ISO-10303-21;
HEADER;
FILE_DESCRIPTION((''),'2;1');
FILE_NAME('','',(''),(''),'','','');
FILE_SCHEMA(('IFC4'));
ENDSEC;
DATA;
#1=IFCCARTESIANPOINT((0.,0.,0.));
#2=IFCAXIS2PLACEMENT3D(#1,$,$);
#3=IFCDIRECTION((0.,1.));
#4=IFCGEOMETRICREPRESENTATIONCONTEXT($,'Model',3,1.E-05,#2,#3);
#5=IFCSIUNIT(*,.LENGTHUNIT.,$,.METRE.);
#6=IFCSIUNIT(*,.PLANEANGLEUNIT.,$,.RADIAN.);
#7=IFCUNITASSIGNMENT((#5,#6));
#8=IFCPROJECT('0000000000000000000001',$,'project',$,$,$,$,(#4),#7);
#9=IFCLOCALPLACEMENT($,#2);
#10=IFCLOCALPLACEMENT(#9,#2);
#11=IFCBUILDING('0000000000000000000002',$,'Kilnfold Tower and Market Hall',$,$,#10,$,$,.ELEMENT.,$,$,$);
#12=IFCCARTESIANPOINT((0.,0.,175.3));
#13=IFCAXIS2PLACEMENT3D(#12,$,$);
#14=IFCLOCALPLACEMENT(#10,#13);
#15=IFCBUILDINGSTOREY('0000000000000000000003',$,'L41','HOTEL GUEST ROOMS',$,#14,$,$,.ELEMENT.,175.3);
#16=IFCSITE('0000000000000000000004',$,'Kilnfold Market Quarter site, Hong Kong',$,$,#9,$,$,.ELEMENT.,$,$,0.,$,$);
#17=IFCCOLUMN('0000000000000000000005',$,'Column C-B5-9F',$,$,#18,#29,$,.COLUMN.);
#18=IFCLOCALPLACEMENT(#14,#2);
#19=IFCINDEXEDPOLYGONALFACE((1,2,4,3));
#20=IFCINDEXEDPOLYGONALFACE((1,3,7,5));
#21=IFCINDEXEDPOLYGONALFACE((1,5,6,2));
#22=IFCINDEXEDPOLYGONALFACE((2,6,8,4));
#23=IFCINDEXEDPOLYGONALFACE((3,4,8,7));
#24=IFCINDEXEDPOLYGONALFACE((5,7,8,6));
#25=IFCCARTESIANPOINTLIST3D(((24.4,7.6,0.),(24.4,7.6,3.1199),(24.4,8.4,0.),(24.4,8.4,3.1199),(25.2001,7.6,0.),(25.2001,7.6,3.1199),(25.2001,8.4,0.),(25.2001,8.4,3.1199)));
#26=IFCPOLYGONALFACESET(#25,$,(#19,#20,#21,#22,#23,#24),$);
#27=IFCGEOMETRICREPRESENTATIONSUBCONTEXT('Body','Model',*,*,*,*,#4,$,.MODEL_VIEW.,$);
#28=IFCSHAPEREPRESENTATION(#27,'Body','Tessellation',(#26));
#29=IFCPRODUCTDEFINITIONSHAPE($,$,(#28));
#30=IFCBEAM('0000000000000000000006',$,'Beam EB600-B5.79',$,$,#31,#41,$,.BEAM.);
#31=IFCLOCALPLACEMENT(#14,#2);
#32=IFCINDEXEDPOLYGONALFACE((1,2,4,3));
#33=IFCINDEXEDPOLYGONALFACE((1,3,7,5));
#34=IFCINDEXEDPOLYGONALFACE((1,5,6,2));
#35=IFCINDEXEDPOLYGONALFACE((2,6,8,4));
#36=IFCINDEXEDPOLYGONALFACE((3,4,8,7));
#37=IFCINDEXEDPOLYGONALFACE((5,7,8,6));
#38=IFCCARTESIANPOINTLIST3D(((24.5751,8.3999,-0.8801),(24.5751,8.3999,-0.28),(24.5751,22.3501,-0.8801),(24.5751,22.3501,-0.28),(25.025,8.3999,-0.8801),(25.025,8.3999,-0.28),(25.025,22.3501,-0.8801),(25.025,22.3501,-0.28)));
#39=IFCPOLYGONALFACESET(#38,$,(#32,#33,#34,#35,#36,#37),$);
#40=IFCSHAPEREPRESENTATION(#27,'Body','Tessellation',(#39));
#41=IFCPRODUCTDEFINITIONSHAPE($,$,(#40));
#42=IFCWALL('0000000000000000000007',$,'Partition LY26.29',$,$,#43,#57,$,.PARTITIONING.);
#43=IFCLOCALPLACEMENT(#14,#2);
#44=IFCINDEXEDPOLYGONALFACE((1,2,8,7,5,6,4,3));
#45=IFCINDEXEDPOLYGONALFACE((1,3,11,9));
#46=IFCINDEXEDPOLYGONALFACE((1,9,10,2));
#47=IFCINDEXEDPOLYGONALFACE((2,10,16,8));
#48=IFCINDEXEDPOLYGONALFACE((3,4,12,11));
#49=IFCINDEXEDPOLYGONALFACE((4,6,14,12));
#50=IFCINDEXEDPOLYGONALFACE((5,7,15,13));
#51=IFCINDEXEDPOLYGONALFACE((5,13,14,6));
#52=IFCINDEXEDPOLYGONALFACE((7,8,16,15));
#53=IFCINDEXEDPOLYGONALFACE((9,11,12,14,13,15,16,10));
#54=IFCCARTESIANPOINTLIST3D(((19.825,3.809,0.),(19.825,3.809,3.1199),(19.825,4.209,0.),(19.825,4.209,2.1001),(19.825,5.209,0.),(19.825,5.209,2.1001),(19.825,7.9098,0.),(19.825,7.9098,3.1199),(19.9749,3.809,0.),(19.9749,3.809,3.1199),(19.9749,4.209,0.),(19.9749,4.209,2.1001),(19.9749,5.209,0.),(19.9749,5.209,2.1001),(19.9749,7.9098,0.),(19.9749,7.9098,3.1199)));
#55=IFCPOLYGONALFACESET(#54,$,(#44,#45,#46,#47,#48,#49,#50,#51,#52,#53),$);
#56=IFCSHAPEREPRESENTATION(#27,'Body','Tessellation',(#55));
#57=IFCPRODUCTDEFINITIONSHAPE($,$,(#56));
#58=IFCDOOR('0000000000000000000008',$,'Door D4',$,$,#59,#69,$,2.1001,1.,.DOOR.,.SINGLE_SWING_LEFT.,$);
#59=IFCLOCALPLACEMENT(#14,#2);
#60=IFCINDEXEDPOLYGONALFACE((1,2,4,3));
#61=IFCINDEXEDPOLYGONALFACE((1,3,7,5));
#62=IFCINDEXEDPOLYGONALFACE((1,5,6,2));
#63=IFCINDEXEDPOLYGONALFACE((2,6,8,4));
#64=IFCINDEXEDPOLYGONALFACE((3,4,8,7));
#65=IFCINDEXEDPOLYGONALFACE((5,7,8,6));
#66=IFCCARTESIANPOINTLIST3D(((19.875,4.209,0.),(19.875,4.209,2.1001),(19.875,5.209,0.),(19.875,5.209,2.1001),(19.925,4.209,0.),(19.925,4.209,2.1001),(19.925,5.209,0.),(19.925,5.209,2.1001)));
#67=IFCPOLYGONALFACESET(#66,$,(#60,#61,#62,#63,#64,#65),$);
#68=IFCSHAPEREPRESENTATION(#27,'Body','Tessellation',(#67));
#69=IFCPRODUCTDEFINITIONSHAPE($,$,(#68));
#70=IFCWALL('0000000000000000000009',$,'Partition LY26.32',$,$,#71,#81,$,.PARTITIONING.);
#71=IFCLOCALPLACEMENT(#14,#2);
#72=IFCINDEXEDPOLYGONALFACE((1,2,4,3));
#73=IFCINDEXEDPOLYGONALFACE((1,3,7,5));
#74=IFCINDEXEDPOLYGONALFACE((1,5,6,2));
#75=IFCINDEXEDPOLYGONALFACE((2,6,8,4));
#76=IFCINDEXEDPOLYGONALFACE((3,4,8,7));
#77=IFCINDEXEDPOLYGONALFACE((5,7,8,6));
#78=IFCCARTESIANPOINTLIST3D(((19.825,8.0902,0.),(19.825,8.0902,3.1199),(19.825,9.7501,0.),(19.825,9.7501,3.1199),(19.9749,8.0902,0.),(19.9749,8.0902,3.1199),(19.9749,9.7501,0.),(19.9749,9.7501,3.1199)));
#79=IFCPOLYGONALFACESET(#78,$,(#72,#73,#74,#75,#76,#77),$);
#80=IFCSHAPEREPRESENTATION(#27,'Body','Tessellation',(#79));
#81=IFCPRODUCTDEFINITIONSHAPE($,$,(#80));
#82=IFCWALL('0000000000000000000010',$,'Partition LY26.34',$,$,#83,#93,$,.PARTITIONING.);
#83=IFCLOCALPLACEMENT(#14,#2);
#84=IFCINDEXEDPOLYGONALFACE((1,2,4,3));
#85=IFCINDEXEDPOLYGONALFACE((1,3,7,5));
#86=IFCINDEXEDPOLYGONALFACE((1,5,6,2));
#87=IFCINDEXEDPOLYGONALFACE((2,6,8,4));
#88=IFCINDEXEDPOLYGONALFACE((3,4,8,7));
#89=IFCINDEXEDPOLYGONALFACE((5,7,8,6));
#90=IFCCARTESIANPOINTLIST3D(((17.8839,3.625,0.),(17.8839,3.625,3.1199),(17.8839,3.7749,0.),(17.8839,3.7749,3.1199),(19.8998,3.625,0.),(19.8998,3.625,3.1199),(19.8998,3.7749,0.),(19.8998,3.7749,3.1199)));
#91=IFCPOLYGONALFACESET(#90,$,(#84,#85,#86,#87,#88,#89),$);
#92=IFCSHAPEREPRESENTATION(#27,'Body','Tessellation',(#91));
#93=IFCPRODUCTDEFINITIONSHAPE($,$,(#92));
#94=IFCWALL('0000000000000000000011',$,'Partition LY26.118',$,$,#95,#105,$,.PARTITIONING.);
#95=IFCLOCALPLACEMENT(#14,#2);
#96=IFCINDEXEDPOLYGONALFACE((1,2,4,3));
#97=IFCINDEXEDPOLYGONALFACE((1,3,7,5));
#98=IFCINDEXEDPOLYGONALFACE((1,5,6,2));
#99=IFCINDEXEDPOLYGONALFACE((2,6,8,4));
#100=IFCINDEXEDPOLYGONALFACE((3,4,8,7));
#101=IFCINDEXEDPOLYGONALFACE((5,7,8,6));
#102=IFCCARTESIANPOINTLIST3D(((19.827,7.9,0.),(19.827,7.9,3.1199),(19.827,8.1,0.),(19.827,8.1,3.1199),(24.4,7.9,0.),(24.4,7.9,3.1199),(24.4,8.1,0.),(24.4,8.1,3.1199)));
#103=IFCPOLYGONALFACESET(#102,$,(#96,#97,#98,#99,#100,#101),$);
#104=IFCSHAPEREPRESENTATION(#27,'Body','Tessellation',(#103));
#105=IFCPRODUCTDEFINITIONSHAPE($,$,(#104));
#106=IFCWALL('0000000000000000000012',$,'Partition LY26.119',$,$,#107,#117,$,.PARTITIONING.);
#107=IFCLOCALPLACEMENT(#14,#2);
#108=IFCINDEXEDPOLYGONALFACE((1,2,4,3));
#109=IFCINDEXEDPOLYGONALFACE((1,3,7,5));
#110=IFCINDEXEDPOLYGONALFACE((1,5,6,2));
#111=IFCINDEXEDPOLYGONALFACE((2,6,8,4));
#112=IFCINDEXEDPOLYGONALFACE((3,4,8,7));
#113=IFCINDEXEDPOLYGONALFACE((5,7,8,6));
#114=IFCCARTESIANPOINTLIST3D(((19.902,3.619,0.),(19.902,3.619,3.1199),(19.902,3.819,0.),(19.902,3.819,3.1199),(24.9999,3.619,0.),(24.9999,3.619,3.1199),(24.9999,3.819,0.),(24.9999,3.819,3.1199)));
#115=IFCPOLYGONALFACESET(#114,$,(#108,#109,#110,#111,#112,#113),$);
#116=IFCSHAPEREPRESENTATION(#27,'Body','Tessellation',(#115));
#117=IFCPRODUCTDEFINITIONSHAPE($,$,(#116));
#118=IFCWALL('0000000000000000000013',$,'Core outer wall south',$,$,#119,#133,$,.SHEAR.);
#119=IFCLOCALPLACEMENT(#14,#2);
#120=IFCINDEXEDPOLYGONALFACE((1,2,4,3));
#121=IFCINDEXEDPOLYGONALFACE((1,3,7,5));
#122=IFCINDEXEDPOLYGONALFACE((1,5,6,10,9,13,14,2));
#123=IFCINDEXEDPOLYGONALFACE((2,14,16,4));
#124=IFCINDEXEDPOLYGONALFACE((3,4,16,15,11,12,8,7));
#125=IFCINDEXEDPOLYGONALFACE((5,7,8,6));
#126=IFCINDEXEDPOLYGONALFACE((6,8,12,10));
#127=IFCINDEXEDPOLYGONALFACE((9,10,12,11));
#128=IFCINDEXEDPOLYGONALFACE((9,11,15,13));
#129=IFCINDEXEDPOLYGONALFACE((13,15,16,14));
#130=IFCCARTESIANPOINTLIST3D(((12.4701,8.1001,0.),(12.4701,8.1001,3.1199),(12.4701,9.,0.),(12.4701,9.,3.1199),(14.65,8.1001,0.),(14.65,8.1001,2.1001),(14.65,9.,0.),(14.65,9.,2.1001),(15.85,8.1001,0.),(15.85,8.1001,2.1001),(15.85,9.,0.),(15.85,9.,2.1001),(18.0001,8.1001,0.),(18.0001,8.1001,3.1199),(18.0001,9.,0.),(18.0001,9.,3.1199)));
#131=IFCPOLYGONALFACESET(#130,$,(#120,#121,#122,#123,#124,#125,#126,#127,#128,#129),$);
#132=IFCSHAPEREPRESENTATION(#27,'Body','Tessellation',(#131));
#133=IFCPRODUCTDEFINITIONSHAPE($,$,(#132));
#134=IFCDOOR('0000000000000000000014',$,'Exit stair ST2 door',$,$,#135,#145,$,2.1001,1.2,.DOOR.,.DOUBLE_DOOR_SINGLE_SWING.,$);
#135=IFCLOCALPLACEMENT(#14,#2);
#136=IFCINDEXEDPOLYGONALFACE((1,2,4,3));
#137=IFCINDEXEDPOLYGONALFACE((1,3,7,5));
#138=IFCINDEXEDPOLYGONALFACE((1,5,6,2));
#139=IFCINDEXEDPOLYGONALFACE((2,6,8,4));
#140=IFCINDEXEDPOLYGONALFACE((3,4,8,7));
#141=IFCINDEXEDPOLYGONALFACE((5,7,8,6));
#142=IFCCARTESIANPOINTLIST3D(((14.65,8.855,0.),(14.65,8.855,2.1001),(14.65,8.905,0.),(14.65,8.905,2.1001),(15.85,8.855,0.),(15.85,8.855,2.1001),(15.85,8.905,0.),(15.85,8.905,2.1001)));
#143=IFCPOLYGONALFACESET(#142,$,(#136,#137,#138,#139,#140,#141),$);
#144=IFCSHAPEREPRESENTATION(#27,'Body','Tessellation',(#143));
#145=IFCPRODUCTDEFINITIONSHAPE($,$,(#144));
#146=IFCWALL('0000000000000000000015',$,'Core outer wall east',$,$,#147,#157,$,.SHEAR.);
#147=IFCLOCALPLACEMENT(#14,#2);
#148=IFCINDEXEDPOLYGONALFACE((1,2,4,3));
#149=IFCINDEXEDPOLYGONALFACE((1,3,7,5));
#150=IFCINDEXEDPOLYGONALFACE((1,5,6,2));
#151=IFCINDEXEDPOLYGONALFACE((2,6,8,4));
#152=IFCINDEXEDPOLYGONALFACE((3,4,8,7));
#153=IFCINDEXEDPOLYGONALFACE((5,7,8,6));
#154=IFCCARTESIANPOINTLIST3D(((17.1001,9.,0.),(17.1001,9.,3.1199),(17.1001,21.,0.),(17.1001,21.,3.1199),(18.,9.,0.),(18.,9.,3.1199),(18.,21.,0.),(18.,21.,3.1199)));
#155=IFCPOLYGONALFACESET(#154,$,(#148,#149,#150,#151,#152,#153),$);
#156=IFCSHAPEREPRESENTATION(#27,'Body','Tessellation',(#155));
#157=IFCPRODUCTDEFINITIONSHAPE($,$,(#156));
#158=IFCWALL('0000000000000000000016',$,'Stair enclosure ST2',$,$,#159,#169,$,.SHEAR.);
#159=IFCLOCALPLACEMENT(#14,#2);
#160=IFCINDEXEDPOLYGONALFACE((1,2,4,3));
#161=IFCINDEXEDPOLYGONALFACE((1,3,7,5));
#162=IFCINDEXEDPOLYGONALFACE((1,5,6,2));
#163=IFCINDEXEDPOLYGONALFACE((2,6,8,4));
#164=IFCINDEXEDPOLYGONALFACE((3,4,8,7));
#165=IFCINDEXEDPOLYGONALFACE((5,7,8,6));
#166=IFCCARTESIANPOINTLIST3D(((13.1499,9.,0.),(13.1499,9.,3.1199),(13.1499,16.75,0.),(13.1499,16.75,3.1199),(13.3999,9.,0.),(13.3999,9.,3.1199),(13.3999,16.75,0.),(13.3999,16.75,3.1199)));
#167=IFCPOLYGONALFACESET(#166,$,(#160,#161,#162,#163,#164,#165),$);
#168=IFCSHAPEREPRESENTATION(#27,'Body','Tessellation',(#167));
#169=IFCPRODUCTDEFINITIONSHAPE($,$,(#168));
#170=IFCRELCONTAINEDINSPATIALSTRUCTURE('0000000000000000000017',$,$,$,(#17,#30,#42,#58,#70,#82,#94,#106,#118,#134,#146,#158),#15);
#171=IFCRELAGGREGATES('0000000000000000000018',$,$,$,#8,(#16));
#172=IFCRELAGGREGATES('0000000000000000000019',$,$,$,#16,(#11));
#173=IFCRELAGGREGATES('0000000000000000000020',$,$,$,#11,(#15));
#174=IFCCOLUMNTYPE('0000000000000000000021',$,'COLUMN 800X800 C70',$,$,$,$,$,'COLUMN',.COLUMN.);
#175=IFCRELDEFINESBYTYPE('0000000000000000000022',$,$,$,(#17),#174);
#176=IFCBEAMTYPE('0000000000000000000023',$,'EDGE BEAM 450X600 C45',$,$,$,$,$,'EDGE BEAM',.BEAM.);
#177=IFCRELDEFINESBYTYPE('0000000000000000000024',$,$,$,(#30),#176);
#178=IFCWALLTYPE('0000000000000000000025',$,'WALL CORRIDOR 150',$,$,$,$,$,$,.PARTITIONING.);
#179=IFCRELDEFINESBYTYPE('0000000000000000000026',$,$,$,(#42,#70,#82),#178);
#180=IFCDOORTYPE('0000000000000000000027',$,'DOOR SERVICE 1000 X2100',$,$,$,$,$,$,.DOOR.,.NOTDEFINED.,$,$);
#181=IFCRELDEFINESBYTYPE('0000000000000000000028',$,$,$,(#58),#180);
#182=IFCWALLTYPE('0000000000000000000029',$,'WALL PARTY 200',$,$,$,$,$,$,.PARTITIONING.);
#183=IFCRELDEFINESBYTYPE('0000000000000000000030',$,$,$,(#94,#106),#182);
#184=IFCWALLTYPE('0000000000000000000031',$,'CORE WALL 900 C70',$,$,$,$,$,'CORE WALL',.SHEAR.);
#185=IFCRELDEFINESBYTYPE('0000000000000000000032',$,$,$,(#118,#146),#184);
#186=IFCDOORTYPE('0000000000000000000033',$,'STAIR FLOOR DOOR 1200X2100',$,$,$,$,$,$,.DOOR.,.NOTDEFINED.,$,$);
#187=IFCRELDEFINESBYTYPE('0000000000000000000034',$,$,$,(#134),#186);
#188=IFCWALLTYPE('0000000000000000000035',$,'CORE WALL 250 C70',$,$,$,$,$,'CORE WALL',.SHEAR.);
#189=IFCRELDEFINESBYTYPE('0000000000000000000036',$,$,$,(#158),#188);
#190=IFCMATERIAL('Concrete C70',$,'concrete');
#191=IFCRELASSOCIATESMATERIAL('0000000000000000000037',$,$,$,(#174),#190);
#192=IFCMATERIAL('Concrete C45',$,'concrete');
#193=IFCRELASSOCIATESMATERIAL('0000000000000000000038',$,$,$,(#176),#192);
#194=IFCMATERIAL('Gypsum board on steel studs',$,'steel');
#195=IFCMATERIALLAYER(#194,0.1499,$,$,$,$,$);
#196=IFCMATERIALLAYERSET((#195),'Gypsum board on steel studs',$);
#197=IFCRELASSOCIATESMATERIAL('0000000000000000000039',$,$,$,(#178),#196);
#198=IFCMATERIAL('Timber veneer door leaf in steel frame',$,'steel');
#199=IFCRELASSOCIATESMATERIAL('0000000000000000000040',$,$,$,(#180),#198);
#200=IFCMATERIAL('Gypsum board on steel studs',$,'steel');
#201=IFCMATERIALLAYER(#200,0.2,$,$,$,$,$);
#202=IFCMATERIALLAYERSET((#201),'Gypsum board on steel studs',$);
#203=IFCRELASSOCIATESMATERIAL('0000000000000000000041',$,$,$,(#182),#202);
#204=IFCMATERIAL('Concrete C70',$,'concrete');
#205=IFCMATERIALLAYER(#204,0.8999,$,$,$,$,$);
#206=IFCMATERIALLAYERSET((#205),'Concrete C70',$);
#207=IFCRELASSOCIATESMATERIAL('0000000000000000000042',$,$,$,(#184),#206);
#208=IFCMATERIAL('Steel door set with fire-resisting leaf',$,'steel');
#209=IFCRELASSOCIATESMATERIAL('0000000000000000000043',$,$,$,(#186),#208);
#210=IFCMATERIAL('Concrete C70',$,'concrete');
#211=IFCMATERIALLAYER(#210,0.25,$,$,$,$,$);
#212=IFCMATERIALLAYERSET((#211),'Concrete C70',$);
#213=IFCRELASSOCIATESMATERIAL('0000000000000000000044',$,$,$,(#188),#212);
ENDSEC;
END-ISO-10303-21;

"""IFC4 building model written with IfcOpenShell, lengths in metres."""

from ifc_helpers import new_model, si_unit, direction, frame, frame_2d, origin, origin_2d, place, context, subcontext, project, spatial, rectangle, extrude, source, transform, mapped, material, layer, layer_set, material_profile, profile_set, type_object, element, fill, save


model = new_model("IFC4")

# Units and contexts
model_context = context("Model", 3, precision=1e-05, world=origin(), true_north=direction((0.0, 1.0)))
body_context = subcontext(model_context, "Body", "Model", "MODEL_VIEW")
ifc_project = project(units=[si_unit("LENGTHUNIT", "METRE"), si_unit("PLANEANGLEUNIT", "RADIAN")], contexts=[model_context])

# Site, building, storey
site_placement = place(None, origin())
site = spatial("IfcSite", under=ifc_project, at=site_placement, Name="Kilnfold Market Quarter site, Hong Kong", CompositionType="ELEMENT", RefElevation=0.0)
building_placement = place(site_placement, origin())
building = spatial("IfcBuilding", under=site, at=building_placement, Name="Kilnfold Tower and Market Hall", CompositionType="ELEMENT")
storey_placement = place(building_placement, frame((0.0, 0.0, 175.3)))
storey = spatial("IfcBuildingStorey", under=building, at=storey_placement, Name="L41", Description="HOTEL GUEST ROOMS", CompositionType="ELEMENT", Elevation=175.3)

# Column
ifc_material_1 = material(Name="Concrete C70", Category="concrete")
ifc_material_profile_1 = material_profile(ifc_material_1, rectangle(XDim=0.8, YDim=0.8, at=origin_2d()), Name="RC 800x800")
ifc_profile_set_1 = profile_set([ifc_material_profile_1], Name="Concrete C70")
column_type = type_object("IfcColumnType", Name="COLUMN 800X800 C70", ElementType="COLUMN", PredefinedType="COLUMN", material=ifc_profile_set_1)
shared_shape_1 = source(origin(), body_context, "Body", "SweptSolid", [
    extrude(rectangle(XDim=0.8, YDim=0.8, at=origin_2d()), origin(), (0.0, 0.0, 1.0), 3.1199),
])
column_placement = place(storey_placement, frame((24.8, 8.0, 0.0), z_axis=(0.0, 0.0, 1.0), x_axis=(1.0, 0.0, 0.0)))
element("IfcColumn", 1, at=column_placement, inside=storey, type_object=column_type, Name="Column C-B5-9F", PredefinedType="COLUMN", context=body_context, shape_type="MappedRepresentation", body=[
    mapped(shared_shape_1, transform((0.0, 0.0, 0.0))),
])

# Beam
ifc_material_2 = material(Name="Concrete C45", Category="concrete")
ifc_material_profile_2 = material_profile(ifc_material_2, rectangle(XDim=0.45, YDim=0.6001, at=origin_2d()), Name="RC 450x600")
ifc_profile_set_2 = profile_set([ifc_material_profile_2], Name="Concrete C45")
beam_type = type_object("IfcBeamType", Name="EDGE BEAM 450X600 C45", ElementType="EDGE BEAM", PredefinedType="BEAM", material=ifc_profile_set_2)
shared_shape_2 = source(origin(), body_context, "Body", "SweptSolid", [
    extrude(rectangle(XDim=0.45, YDim=0.6001, at=origin_2d()), origin(), (0.0, 0.0, 1.0), 13.9502),
])
beam_placement = place(storey_placement, frame((24.8, 8.3999, -0.5801), z_axis=(0.0, 1.0, 0.0), x_axis=(-1.0, 0.0, 0.0)))
element("IfcBeam", 2, at=beam_placement, inside=storey, type_object=beam_type, Name="Beam EB600-B5.79", PredefinedType="BEAM", context=body_context, shape_type="MappedRepresentation", body=[
    mapped(shared_shape_2, transform((0.0, 0.0, 0.0))),
])

# Wall, opening, door
ifc_material_3 = material(Name="Gypsum board on steel studs", Category="steel")
ifc_layer_1 = layer(ifc_material_3, 0.1499)
ifc_layer_set_1 = layer_set([ifc_layer_1], Name="Gypsum board on steel studs")
wall_type_1 = type_object("IfcWallType", Name="WALL CORRIDOR 150", PredefinedType="PARTITIONING", material=ifc_layer_set_1)
wall_1_placement = place(storey_placement, frame((19.8999, 3.8091, 0.0), z_axis=(0.0, 0.0, 1.0), x_axis=(0.0, 1.0, 0.0)))
wall_1 = element("IfcWall", 3, at=wall_1_placement, inside=storey, type_object=wall_type_1, Name="Partition LY26.29", PredefinedType="PARTITIONING", context=body_context, shape_type="SweptSolid", body=[
    extrude(rectangle(XDim=4.1008, YDim=0.1499, at=frame_2d((2.0503, 0.0))), origin(), (0.0, 0.0, 1.0), 3.1199),
])
opening_1_placement = place(wall_1_placement, frame((0.3999, 0.0, 0.0)))
opening_1 = element("IfcOpeningElement", 4, at=opening_1_placement, cuts=wall_1, PredefinedType="OPENING", context=body_context, shape_type="SweptSolid", body=[
    extrude(rectangle(XDim=1.0, YDim=2.1001, at=frame_2d((0.5, 1.05))), frame((0.0, 0.085, 0.0), z_axis=(0.0, -1.0, 0.0), x_axis=(1.0, 0.0, 0.0)), (0.0, 0.0, 1.0), 0.1699),
])
ifc_material_4 = material(Name="Timber veneer door leaf in steel frame", Category="steel")
door_type_1 = type_object("IfcDoorType", Name="DOOR SERVICE 1000 X2100", OperationType="NOTDEFINED", PredefinedType="DOOR", material=ifc_material_4)
door_1_placement = place(opening_1_placement, origin())
door_1 = element("IfcDoor", 5, at=door_1_placement, inside=storey, type_object=door_type_1, Name="Door D4", OperationType="SINGLE_SWING_LEFT", OverallHeight=2.1001, OverallWidth=1.0, PredefinedType="DOOR", context=body_context, shape_type="SweptSolid", body=[
    extrude(rectangle(XDim=1.0, YDim=2.1001, at=frame_2d((0.5, 1.05))), frame((0.0, 0.0249, 0.0), z_axis=(0.0, -1.0, 0.0), x_axis=(1.0, 0.0, 0.0)), (0.0, 0.0, 1.0), 0.05),
])
fill(opening_1, door_1)

# Walls
wall_2_placement = place(storey_placement, frame((19.8999, 8.0901, 0.0), z_axis=(0.0, 0.0, 1.0), x_axis=(0.0, 1.0, 0.0)))
element("IfcWall", 6, at=wall_2_placement, inside=storey, type_object=wall_type_1, Name="Partition LY26.32", PredefinedType="PARTITIONING", context=body_context, shape_type="SweptSolid", body=[
    extrude(rectangle(XDim=1.6599, YDim=0.1499, at=frame_2d((0.8301, 0.0))), origin(), (0.0, 0.0, 1.0), 3.1199),
])
wall_3_placement = place(storey_placement, frame((17.884, 3.7, 0.0), z_axis=(0.0, 0.0, 1.0), x_axis=(1.0, 0.0, 0.0)))
element("IfcWall", 7, at=wall_3_placement, inside=storey, type_object=wall_type_1, Name="Partition LY26.34", PredefinedType="PARTITIONING", context=body_context, shape_type="SweptSolid", body=[
    extrude(rectangle(XDim=2.0159, YDim=0.1499, at=frame_2d((1.0078, 0.0))), origin(), (0.0, 0.0, 1.0), 3.1199),
])
ifc_material_5 = material(Name="Gypsum board on steel studs", Category="steel")
ifc_layer_2 = layer(ifc_material_5, 0.2)
ifc_layer_set_2 = layer_set([ifc_layer_2], Name="Gypsum board on steel studs")
wall_type_2 = type_object("IfcWallType", Name="WALL PARTY 200", PredefinedType="PARTITIONING", material=ifc_layer_set_2)
wall_4_placement = place(storey_placement, frame((19.8269, 8.0, 0.0), z_axis=(0.0, 0.0, 1.0), x_axis=(1.0, 0.0, 0.0)))
element("IfcWall", 8, at=wall_4_placement, inside=storey, type_object=wall_type_2, Name="Partition LY26.118", PredefinedType="PARTITIONING", context=body_context, shape_type="SweptSolid", body=[
    extrude(rectangle(XDim=4.573, YDim=0.2, at=frame_2d((2.2866, 0.0))), origin(), (0.0, 0.0, 1.0), 3.1199),
])
wall_5_placement = place(storey_placement, frame((19.9021, 3.719, 0.0), z_axis=(0.0, 0.0, 1.0), x_axis=(1.0, 0.0, 0.0)))
element("IfcWall", 9, at=wall_5_placement, inside=storey, type_object=wall_type_2, Name="Partition LY26.119", PredefinedType="PARTITIONING", context=body_context, shape_type="SweptSolid", body=[
    extrude(rectangle(XDim=5.0979, YDim=0.2, at=frame_2d((2.5488, 0.0))), origin(), (0.0, 0.0, 1.0), 3.1199),
])

# Wall, opening, door
ifc_material_6 = material(Name="Concrete C70", Category="concrete")
ifc_layer_3 = layer(ifc_material_6, 0.8999)
ifc_layer_set_3 = layer_set([ifc_layer_3], Name="Concrete C70")
wall_type_3 = type_object("IfcWallType", Name="CORE WALL 900 C70", ElementType="CORE WALL", PredefinedType="SHEAR", material=ifc_layer_set_3)
shared_shape_3 = source(origin(), body_context, "Body", "SweptSolid", [
    extrude(rectangle(XDim=5.53, YDim=0.8999, at=frame_2d((2.7651, 0.0))), origin(), (0.0, 0.0, 1.0), 3.1199),
])
wall_6_placement = place(storey_placement, frame((12.47, 8.55, 0.0), z_axis=(0.0, 0.0, 1.0), x_axis=(1.0, 0.0, 0.0)))
wall_6 = element("IfcWall", 10, at=wall_6_placement, inside=storey, type_object=wall_type_3, Name="Core outer wall south", PredefinedType="SHEAR", context=body_context, shape_type="MappedRepresentation", body=[
    mapped(shared_shape_3, transform((0.0, 0.0, 0.0))),
])
opening_2_placement = place(wall_6_placement, frame((2.1799, 0.0, 0.0)))
opening_2 = element("IfcOpeningElement", 11, at=opening_2_placement, cuts=wall_6, PredefinedType="OPENING", context=body_context, shape_type="SweptSolid", body=[
    extrude(rectangle(XDim=1.2, YDim=2.1001, at=frame_2d((0.6001, 1.05))), frame((0.0, 0.46, 0.0), z_axis=(0.0, -1.0, 0.0), x_axis=(1.0, 0.0, 0.0)), (0.0, 0.0, 1.0), 0.9199),
])
ifc_material_7 = material(Name="Steel door set with fire-resisting leaf", Category="steel")
door_type_2 = type_object("IfcDoorType", Name="STAIR FLOOR DOOR 1200X2100", OperationType="NOTDEFINED", PredefinedType="DOOR", material=ifc_material_7)
door_2_placement = place(opening_2_placement, origin())
door_2 = element("IfcDoor", 12, at=door_2_placement, inside=storey, type_object=door_type_2, Name="Exit stair ST2 door", OperationType="DOUBLE_DOOR_SINGLE_SWING", OverallHeight=2.1001, OverallWidth=1.2, PredefinedType="DOOR", context=body_context, shape_type="SweptSolid", body=[
    extrude(rectangle(XDim=1.2, YDim=2.1001, at=frame_2d((0.6001, 1.05))), frame((0.0, 0.355, 0.0), z_axis=(0.0, -1.0, 0.0), x_axis=(1.0, 0.0, 0.0)), (0.0, 0.0, 1.0), 0.05),
])
fill(opening_2, door_2)

# Walls
shared_shape_4 = source(origin(), body_context, "Body", "SweptSolid", [
    extrude(rectangle(XDim=12.0, YDim=0.8999, at=frame_2d((6.0, 0.0))), origin(), (0.0, 0.0, 1.0), 3.1199),
])
wall_7_placement = place(storey_placement, frame((17.55, 9.0, 0.0), z_axis=(0.0, 0.0, 1.0), x_axis=(0.0, 1.0, 0.0)))
element("IfcWall", 13, at=wall_7_placement, inside=storey, type_object=wall_type_3, Name="Core outer wall east", PredefinedType="SHEAR", context=body_context, shape_type="MappedRepresentation", body=[
    mapped(shared_shape_4, transform((0.0, 0.0, 0.0))),
])
ifc_material_8 = material(Name="Concrete C70", Category="concrete")
ifc_layer_4 = layer(ifc_material_8, 0.25)
ifc_layer_set_4 = layer_set([ifc_layer_4], Name="Concrete C70")
wall_type_4 = type_object("IfcWallType", Name="CORE WALL 250 C70", ElementType="CORE WALL", PredefinedType="SHEAR", material=ifc_layer_set_4)
shared_shape_5 = source(origin(), body_context, "Body", "SweptSolid", [
    extrude(rectangle(XDim=7.75, YDim=0.25, at=frame_2d((3.875, 0.0))), origin(), (0.0, 0.0, 1.0), 3.1199),
])
wall_8_placement = place(storey_placement, frame((13.2749, 9.0, 0.0), z_axis=(0.0, 0.0, 1.0), x_axis=(0.0, 1.0, 0.0)))
element("IfcWall", 14, at=wall_8_placement, inside=storey, type_object=wall_type_4, Name="Stair enclosure ST2", PredefinedType="SHEAR", context=body_context, shape_type="MappedRepresentation", body=[
    mapped(shared_shape_5, transform((0.0, 0.0, 0.0))),
])

save(model, "model.ifc")
